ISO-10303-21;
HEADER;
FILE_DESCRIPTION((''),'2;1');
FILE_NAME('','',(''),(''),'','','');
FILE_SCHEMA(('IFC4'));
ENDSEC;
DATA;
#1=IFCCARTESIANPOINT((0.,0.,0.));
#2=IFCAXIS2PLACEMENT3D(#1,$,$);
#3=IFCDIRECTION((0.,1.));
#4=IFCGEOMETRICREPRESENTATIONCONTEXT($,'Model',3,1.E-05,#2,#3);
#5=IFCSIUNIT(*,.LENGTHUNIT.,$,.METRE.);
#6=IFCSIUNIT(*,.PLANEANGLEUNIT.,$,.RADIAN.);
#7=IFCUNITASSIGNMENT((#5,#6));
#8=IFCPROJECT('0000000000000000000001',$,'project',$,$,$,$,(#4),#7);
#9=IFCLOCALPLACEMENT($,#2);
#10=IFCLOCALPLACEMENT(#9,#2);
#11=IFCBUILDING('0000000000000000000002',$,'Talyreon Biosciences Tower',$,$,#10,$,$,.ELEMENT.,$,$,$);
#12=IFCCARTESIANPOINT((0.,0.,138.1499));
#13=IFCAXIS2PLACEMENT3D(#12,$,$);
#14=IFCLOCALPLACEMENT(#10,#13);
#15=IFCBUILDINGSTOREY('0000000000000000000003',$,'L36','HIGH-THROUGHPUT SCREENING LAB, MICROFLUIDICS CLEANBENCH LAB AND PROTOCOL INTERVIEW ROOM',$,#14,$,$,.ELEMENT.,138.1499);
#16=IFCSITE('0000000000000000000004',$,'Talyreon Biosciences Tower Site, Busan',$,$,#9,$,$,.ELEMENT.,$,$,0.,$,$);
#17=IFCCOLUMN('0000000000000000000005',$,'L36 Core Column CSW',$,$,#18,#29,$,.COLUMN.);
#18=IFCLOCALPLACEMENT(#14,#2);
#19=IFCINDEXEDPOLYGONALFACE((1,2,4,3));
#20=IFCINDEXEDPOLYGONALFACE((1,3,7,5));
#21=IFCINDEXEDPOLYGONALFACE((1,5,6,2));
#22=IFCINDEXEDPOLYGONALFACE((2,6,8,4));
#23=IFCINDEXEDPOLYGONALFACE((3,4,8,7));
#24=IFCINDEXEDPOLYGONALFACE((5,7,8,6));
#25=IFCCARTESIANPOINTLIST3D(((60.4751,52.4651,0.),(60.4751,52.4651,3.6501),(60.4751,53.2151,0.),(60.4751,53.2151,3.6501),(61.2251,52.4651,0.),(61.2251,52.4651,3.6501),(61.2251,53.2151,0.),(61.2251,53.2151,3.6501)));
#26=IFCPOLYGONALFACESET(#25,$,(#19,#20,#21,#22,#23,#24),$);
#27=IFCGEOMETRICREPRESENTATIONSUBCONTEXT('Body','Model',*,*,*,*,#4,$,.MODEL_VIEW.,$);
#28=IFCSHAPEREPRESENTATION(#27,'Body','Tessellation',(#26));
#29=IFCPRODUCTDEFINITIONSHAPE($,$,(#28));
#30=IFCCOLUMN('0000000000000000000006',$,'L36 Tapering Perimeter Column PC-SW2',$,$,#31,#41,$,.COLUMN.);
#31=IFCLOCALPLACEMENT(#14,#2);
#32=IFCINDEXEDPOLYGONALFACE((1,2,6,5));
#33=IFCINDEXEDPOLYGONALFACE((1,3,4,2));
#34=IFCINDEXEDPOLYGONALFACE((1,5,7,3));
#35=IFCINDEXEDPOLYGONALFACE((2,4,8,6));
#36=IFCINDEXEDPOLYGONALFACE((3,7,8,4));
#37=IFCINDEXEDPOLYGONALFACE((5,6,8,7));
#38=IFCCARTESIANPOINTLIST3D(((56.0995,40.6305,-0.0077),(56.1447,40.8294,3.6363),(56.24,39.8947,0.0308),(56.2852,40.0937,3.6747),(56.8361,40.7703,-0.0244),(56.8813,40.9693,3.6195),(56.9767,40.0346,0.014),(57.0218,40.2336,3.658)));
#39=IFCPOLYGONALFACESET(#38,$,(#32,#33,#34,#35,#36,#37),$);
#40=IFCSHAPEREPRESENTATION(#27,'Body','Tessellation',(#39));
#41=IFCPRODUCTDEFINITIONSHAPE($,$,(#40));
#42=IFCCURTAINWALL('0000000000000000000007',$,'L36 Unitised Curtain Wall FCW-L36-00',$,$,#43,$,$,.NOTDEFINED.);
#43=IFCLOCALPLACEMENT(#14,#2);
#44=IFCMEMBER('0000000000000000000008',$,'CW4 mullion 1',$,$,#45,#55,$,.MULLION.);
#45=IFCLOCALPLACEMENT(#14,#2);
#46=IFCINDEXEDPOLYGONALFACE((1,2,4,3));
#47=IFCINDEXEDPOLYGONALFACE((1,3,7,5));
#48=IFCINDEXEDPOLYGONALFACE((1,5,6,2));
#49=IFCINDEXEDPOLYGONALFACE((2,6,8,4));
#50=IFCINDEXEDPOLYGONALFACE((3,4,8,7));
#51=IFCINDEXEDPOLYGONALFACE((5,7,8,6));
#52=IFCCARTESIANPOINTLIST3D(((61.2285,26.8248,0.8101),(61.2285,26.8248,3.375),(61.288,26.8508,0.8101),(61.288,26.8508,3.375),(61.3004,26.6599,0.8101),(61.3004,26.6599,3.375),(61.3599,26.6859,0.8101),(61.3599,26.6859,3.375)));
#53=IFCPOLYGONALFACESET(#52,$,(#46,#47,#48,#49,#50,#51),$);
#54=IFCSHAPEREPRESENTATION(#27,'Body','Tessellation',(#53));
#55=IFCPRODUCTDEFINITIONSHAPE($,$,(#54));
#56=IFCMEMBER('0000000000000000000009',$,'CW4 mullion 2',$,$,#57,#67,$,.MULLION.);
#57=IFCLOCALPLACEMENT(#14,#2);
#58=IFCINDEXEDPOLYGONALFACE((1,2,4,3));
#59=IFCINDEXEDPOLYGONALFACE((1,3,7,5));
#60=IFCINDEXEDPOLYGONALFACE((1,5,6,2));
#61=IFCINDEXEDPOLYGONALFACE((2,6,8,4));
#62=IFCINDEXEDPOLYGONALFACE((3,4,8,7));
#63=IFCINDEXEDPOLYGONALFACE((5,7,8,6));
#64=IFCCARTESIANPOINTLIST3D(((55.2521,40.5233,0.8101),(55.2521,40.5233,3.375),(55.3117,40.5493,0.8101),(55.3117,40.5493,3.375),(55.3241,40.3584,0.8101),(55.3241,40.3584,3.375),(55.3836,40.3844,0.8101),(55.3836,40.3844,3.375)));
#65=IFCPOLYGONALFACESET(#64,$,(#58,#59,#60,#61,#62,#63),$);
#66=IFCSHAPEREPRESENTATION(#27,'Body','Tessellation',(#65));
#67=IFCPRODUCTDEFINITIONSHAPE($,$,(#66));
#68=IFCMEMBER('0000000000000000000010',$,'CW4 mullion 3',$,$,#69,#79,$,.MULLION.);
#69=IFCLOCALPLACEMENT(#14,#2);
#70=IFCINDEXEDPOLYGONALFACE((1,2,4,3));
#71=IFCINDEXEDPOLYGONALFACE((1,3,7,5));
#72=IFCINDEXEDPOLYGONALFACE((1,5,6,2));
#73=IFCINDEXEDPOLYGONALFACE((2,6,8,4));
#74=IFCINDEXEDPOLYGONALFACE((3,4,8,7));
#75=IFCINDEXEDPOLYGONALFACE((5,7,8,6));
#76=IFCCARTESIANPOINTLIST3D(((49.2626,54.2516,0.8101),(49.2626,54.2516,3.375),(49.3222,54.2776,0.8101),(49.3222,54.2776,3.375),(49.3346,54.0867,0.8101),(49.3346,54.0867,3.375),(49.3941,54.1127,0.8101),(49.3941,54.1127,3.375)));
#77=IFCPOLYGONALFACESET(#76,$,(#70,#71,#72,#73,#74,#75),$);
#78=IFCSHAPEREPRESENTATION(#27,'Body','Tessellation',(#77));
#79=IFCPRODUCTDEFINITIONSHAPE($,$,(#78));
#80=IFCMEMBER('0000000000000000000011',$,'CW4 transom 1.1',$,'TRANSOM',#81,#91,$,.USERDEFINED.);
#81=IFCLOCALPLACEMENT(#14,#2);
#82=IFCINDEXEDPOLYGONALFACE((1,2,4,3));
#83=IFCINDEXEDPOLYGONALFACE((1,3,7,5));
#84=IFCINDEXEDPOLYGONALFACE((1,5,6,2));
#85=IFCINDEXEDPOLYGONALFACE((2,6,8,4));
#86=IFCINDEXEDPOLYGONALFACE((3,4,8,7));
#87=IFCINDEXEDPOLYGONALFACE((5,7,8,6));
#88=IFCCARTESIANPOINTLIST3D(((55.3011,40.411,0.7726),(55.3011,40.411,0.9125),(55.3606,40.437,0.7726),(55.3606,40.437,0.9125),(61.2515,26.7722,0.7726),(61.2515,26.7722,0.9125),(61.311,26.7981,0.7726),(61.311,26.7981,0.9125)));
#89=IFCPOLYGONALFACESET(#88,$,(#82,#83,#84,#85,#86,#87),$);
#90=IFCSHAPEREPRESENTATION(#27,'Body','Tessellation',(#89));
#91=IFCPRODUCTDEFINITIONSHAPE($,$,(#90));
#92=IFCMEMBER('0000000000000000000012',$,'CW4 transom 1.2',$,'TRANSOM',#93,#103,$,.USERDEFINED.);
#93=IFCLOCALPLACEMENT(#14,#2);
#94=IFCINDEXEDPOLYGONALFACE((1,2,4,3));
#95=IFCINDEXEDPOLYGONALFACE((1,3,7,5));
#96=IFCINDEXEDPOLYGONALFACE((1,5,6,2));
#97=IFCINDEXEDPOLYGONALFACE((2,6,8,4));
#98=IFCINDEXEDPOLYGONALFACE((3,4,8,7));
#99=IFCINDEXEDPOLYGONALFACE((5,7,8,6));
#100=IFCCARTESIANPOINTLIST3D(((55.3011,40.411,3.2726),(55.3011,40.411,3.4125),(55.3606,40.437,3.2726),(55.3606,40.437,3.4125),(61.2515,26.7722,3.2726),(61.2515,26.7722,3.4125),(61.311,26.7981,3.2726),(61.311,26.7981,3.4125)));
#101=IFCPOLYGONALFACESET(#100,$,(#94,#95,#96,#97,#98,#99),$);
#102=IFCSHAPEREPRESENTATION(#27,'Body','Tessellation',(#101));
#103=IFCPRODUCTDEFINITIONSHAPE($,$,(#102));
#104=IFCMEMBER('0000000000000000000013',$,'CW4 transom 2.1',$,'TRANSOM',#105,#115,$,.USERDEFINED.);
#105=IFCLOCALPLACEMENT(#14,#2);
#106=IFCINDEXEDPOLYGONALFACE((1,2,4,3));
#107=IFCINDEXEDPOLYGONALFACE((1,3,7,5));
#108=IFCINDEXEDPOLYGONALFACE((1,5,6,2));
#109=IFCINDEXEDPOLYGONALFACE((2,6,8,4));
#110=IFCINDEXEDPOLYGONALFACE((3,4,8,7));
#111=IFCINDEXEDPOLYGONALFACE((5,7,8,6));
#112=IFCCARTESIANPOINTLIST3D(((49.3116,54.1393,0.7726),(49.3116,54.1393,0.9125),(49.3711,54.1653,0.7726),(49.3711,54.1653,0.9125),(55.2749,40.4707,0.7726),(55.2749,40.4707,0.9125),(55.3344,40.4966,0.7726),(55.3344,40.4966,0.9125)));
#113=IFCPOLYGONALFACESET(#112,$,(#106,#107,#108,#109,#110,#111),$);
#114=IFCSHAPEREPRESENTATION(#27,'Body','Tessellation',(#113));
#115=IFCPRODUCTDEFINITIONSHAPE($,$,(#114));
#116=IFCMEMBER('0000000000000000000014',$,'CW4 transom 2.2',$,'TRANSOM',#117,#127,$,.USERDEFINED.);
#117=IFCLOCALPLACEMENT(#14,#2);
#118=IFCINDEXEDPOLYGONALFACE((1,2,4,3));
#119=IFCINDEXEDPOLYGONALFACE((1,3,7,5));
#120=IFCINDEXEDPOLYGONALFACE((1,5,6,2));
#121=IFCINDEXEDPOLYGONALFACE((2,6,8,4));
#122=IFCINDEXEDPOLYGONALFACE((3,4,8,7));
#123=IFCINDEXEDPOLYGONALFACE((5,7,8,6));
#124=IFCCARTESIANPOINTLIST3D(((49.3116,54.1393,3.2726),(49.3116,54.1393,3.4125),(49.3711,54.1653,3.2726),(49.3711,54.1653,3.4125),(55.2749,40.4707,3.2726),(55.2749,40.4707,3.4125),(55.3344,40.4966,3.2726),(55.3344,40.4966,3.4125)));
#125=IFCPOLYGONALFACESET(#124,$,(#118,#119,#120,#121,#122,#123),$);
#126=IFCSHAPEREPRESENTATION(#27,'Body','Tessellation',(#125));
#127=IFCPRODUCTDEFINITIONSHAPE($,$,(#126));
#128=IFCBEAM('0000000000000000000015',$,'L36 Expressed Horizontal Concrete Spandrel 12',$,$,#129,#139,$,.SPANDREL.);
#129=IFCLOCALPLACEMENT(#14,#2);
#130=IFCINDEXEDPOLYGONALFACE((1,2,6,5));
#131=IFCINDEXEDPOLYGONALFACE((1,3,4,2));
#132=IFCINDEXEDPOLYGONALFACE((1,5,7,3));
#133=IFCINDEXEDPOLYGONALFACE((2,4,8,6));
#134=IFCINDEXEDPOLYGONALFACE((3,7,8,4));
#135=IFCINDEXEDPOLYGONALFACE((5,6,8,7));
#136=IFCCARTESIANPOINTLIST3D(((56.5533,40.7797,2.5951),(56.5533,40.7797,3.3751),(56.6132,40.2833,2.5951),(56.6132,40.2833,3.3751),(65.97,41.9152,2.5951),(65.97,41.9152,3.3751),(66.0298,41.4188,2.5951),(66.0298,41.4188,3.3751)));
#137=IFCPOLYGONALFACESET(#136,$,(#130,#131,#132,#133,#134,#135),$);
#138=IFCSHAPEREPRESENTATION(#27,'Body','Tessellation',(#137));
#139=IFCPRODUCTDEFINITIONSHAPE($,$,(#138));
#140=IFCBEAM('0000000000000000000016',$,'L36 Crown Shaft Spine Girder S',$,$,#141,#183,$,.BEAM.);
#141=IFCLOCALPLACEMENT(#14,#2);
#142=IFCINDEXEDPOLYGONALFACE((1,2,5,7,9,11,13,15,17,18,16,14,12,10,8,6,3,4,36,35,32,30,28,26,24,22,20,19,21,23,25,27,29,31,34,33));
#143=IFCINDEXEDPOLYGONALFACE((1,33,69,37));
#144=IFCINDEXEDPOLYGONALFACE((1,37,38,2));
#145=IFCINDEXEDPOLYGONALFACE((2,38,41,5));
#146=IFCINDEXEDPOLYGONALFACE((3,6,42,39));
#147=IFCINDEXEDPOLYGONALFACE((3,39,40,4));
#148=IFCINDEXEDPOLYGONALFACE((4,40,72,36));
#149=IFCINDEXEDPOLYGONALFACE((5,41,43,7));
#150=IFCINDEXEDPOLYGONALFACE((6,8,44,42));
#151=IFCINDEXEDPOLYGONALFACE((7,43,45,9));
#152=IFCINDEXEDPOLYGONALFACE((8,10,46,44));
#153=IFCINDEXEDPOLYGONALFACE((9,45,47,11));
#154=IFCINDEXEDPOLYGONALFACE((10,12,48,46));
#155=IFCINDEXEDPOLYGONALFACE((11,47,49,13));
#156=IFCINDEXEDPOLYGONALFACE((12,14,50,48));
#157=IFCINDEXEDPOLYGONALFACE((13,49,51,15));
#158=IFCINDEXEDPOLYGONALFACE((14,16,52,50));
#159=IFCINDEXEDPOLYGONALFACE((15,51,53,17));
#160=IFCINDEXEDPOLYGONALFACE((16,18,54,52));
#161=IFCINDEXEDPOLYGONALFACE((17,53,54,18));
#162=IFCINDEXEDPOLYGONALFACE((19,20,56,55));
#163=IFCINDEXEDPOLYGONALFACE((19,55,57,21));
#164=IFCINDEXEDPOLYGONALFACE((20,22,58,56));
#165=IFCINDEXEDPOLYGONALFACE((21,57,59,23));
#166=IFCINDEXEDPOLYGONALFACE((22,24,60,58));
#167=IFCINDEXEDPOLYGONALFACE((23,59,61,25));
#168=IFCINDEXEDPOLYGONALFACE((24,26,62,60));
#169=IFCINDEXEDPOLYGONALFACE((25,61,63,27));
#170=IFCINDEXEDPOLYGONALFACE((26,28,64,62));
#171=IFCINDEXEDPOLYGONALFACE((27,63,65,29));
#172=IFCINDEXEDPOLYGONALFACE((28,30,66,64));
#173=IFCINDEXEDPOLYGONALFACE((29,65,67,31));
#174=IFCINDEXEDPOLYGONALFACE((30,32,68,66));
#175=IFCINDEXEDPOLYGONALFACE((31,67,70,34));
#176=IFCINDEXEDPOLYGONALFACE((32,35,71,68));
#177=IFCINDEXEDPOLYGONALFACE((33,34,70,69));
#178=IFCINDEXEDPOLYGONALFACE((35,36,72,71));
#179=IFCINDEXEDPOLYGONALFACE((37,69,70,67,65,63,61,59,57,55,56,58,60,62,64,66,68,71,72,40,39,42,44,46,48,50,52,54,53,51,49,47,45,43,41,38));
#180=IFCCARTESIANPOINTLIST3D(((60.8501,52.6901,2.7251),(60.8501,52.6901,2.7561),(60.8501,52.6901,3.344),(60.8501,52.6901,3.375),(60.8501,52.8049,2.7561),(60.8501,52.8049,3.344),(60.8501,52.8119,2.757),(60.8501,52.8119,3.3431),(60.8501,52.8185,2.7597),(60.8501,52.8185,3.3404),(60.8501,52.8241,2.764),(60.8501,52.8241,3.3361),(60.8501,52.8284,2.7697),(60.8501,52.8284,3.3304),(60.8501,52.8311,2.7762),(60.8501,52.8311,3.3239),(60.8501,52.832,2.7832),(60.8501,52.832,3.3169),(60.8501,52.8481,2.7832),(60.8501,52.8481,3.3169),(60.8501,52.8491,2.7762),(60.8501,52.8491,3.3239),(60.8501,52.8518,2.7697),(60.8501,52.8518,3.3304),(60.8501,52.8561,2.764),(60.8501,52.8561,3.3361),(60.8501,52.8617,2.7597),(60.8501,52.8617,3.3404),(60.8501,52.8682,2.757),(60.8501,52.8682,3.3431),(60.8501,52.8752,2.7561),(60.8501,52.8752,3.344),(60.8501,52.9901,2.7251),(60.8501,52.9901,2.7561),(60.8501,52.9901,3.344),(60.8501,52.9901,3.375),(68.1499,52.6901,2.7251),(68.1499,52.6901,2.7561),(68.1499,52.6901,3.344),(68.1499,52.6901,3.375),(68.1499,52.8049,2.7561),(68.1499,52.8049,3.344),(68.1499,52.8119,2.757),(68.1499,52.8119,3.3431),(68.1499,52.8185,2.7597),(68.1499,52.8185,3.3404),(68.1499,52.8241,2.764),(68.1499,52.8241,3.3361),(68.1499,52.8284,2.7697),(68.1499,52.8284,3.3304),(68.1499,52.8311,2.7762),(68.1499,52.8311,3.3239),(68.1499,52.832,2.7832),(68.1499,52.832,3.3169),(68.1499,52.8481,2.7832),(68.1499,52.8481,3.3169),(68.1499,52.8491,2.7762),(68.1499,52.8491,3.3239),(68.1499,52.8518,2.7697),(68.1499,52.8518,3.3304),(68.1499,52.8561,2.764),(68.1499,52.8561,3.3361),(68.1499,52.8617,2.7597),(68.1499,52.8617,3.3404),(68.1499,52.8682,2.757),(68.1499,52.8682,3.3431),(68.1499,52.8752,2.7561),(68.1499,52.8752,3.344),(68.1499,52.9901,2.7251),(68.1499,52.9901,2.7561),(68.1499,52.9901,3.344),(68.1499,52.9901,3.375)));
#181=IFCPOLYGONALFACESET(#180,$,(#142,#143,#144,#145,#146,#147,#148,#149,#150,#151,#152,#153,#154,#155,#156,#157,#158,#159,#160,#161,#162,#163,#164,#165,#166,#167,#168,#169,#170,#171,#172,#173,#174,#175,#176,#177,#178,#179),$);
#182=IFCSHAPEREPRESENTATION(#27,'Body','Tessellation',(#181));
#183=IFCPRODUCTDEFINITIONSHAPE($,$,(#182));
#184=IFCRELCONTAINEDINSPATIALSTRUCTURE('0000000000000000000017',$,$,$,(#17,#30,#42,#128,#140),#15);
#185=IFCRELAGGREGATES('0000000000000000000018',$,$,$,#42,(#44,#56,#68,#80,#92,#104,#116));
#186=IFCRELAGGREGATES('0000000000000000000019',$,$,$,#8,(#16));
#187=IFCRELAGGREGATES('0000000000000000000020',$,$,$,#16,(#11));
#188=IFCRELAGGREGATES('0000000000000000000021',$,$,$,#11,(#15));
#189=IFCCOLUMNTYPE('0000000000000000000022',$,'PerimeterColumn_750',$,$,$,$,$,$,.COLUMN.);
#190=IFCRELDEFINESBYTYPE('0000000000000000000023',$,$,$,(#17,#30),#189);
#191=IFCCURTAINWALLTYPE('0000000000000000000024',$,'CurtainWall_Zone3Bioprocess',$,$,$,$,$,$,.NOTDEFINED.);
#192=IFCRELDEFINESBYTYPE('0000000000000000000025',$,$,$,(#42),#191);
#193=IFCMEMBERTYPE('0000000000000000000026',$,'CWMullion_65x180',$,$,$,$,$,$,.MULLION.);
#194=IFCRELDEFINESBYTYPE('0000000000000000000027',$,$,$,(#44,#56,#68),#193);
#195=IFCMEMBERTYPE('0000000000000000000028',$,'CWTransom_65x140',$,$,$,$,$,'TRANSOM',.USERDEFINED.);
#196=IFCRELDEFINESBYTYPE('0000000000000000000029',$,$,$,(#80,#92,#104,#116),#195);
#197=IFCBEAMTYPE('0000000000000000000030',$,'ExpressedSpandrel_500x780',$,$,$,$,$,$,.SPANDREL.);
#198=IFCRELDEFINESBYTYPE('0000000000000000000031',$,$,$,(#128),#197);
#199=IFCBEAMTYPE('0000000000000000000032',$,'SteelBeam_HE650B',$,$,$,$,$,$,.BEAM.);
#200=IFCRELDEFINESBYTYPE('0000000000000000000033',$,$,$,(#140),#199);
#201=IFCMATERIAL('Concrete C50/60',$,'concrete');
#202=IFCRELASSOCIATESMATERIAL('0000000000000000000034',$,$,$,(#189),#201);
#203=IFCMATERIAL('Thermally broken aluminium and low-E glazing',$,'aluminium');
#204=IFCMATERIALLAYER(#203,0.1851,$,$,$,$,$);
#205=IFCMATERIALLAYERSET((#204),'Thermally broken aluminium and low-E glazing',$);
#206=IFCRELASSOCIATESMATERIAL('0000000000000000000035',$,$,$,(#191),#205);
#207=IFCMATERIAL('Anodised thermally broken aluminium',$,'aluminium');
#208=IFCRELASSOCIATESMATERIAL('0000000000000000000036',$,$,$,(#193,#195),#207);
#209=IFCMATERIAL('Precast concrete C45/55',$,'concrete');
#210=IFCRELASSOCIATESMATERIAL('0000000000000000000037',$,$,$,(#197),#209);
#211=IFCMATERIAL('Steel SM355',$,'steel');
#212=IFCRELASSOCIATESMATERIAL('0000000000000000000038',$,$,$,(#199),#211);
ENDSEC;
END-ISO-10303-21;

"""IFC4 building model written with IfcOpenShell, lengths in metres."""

from ifc_helpers import new_model, si_unit, direction, frame, origin, origin_2d, place, context, subcontext, project, spatial, rectangle, i_section, extrude, material, layer, layer_set, material_profile, profile_set, type_object, element, aggregate, save


model = new_model("IFC4")

# Units and contexts
model_context = context("Model", 3, precision=1e-05, world=origin(), true_north=direction((0.0, 1.0)))
body_context = subcontext(model_context, "Body", "Model", "MODEL_VIEW")
ifc_project = project(units=[si_unit("LENGTHUNIT", "METRE"), si_unit("PLANEANGLEUNIT", "RADIAN")], contexts=[model_context])

# Site, building, storey
site_placement = place(None, origin())
site = spatial("IfcSite", under=ifc_project, at=site_placement, Name="Talyreon Biosciences Tower Site, Busan", CompositionType="ELEMENT", RefElevation=0.0)
building_placement = place(site_placement, origin())
building = spatial("IfcBuilding", under=site, at=building_placement, Name="Talyreon Biosciences Tower", CompositionType="ELEMENT")
storey_placement = place(building_placement, frame((0.0, 0.0, 138.1499)))
storey = spatial("IfcBuildingStorey", under=building, at=storey_placement, Name="L36", Description="HIGH-THROUGHPUT SCREENING LAB, MICROFLUIDICS CLEANBENCH LAB AND PROTOCOL INTERVIEW ROOM", CompositionType="ELEMENT", Elevation=138.1499)

# Columns
ifc_material_1 = material(Name="Concrete C50/60", Category="concrete")
ifc_material_profile_1 = material_profile(ifc_material_1, rectangle(XDim=0.75, YDim=0.75, at=origin_2d()), Name="RC 750x750")
ifc_profile_set_1 = profile_set([ifc_material_profile_1], Name="Concrete C50/60")
column_type = type_object("IfcColumnType", Name="PerimeterColumn_750", PredefinedType="COLUMN", material=ifc_profile_set_1)
column_1_placement = place(storey_placement, frame((60.8501, 52.8401, 0.0), z_axis=(0.0, 0.0, 1.0), x_axis=(1.0, 0.0, 0.0)))
element("IfcColumn", 1, at=column_1_placement, inside=storey, type_object=column_type, Name="L36 Core Column CSW", PredefinedType="COLUMN", context=body_context, shape_type="SweptSolid", body=[
    extrude(rectangle(XDim=0.75, YDim=0.75, at=origin_2d()), origin(), (0.0, 0.0, 1.0), 3.6501),
])
column_2_placement = place(storey_placement, frame((56.5381, 40.3325, 0.0032), z_axis=(0.012375, 0.054517, 0.998436), x_axis=(-0.187389, 0.980948, -0.05124)))
element("IfcColumn", 2, at=column_2_placement, inside=storey, type_object=column_type, Name="L36 Tapering Perimeter Column PC-SW2", PredefinedType="COLUMN", context=body_context, shape_type="SweptSolid", body=[
    extrude(rectangle(XDim=0.75, YDim=0.75, at=origin_2d()), origin(), (0.0, 0.0, 1.0), 3.6497),
])

# Curtain wall, members
ifc_material_2 = material(Name="Thermally broken aluminium and low-E glazing", Category="aluminium")
ifc_layer_1 = layer(ifc_material_2, 0.1851)
ifc_layer_set_1 = layer_set([ifc_layer_1], Name="Thermally broken aluminium and low-E glazing")
curtain_wall_type = type_object("IfcCurtainWallType", Name="CurtainWall_Zone3Bioprocess", PredefinedType="NOTDEFINED", material=ifc_layer_set_1)
curtain_wall_placement = place(storey_placement, origin())
curtain_wall = element("IfcCurtainWall", 3, at=curtain_wall_placement, inside=storey, type_object=curtain_wall_type, Name="L36 Unitised Curtain Wall FCW-L36-00", PredefinedType="NOTDEFINED")
ifc_material_3 = material(Name="Anodised thermally broken aluminium", Category="aluminium")
ifc_material_profile_2 = material_profile(ifc_material_3, rectangle(XDim=0.0649, YDim=0.1799, at=origin_2d()), Name="ALUM MULLION 65x180")
ifc_profile_set_2 = profile_set([ifc_material_profile_2], Name="Anodised thermally broken aluminium")
member_type_1 = type_object("IfcMemberType", Name="CWMullion_65x180", PredefinedType="MULLION", material=ifc_profile_set_2)
member_1_placement = place(storey_placement, frame((61.2942, 26.7554, 0.8101), z_axis=(0.0, 0.0, 1.0), x_axis=(-0.916566, -0.399882, 0.0)))
member_1 = element("IfcMember", 4, at=member_1_placement, type_object=member_type_1, Name="CW4 mullion 1", PredefinedType="MULLION", context=body_context, shape_type="SweptSolid", body=[
    extrude(rectangle(XDim=0.0649, YDim=0.1799, at=origin_2d()), origin(), (0.0, 0.0, 1.0), 2.5649),
])
member_2_placement = place(storey_placement, frame((55.3179, 40.4539, 0.8101), z_axis=(0.0, 0.0, 1.0), x_axis=(-0.916566, -0.399882, 0.0)))
member_2 = element("IfcMember", 5, at=member_2_placement, type_object=member_type_1, Name="CW4 mullion 2", PredefinedType="MULLION", context=body_context, shape_type="SweptSolid", body=[
    extrude(rectangle(XDim=0.0649, YDim=0.1799, at=origin_2d()), origin(), (0.0, 0.0, 1.0), 2.5649),
])
member_3_placement = place(storey_placement, frame((49.3284, 54.1821, 0.8101), z_axis=(0.0, 0.0, 1.0), x_axis=(-0.916566, -0.399882, 0.0)))
member_3 = element("IfcMember", 6, at=member_3_placement, type_object=member_type_1, Name="CW4 mullion 3", PredefinedType="MULLION", context=body_context, shape_type="SweptSolid", body=[
    extrude(rectangle(XDim=0.0649, YDim=0.1799, at=origin_2d()), origin(), (0.0, 0.0, 1.0), 2.5649),
])
ifc_material_profile_3 = material_profile(ifc_material_3, rectangle(XDim=0.0649, YDim=0.1399, at=origin_2d()), Name="ALUM TRANSOM 65x140")
ifc_profile_set_3 = profile_set([ifc_material_profile_3], Name="Anodised thermally broken aluminium")
member_type_2 = type_object("IfcMemberType", Name="CWTransom_65x140", ElementType="TRANSOM", PredefinedType="USERDEFINED", material=ifc_profile_set_3)
member_4_placement = place(storey_placement, frame((61.2812, 26.7852, 0.8425), z_axis=(-0.399883, 0.916566, 0.0), x_axis=(-0.916566, -0.399883, 0.0)))
member_4 = element("IfcMember", 7, at=member_4_placement, type_object=member_type_2, Name="CW4 transom 1.1", ObjectType="TRANSOM", PredefinedType="USERDEFINED", context=body_context, shape_type="SweptSolid", body=[
    extrude(rectangle(XDim=0.0649, YDim=0.1399, at=origin_2d()), origin(), (0.0, 0.0, 1.0), 14.8804),
])
member_5_placement = place(storey_placement, frame((61.2812, 26.7852, 3.3425), z_axis=(-0.399883, 0.916566, 0.0), x_axis=(-0.916566, -0.399883, 0.0)))
member_5 = element("IfcMember", 8, at=member_5_placement, type_object=member_type_2, Name="CW4 transom 1.2", ObjectType="TRANSOM", PredefinedType="USERDEFINED", context=body_context, shape_type="SweptSolid", body=[
    extrude(rectangle(XDim=0.0649, YDim=0.1399, at=origin_2d()), origin(), (0.0, 0.0, 1.0), 14.8804),
])
member_6_placement = place(storey_placement, frame((55.3047, 40.4836, 0.8425), z_axis=(-0.39988, 0.916568, 0.0), x_axis=(-0.916568, -0.39988, 0.0)))
member_6 = element("IfcMember", 9, at=member_6_placement, type_object=member_type_2, Name="CW4 transom 2.1", ObjectType="TRANSOM", PredefinedType="USERDEFINED", context=body_context, shape_type="SweptSolid", body=[
    extrude(rectangle(XDim=0.0649, YDim=0.1399, at=origin_2d()), origin(), (0.0, 0.0, 1.0), 14.9128),
])
member_7_placement = place(storey_placement, frame((55.3047, 40.4836, 3.3425), z_axis=(-0.39988, 0.916568, 0.0), x_axis=(-0.916568, -0.39988, 0.0)))
member_7 = element("IfcMember", 10, at=member_7_placement, type_object=member_type_2, Name="CW4 transom 2.2", ObjectType="TRANSOM", PredefinedType="USERDEFINED", context=body_context, shape_type="SweptSolid", body=[
    extrude(rectangle(XDim=0.0649, YDim=0.1399, at=origin_2d()), origin(), (0.0, 0.0, 1.0), 14.9128),
])

# Beams
ifc_material_4 = material(Name="Precast concrete C45/55", Category="concrete")
ifc_material_profile_4 = material_profile(ifc_material_4, rectangle(XDim=0.5, YDim=0.78, at=origin_2d()), Name="RCB 500x780")
ifc_profile_set_4 = profile_set([ifc_material_profile_4], Name="Precast concrete C45/55")
beam_type_1 = type_object("IfcBeamType", Name="ExpressedSpandrel_500x780", PredefinedType="SPANDREL", material=ifc_profile_set_4)
beam_1_placement = place(storey_placement, frame((56.5833, 40.5315, 2.9851), z_axis=(0.992808, 0.119716, 0.0), x_axis=(-0.119716, 0.992808, 0.0)))
element("IfcBeam", 11, at=beam_1_placement, inside=storey, type_object=beam_type_1, Name="L36 Expressed Horizontal Concrete Spandrel 12", PredefinedType="SPANDREL", context=body_context, shape_type="SweptSolid", body=[
    extrude(rectangle(XDim=0.5, YDim=0.78, at=origin_2d()), origin(), (0.0, 0.0, 1.0), 9.4849),
])
ifc_material_5 = material(Name="Steel SM355", Category="steel")
ifc_material_profile_5 = material_profile(ifc_material_5, i_section(OverallWidth=0.3, OverallDepth=0.6499, WebThickness=0.0161, FlangeThickness=0.031, FilletRadius=0.0271, at=origin_2d()), Name="HE650B")
ifc_profile_set_5 = profile_set([ifc_material_profile_5], Name="Steel SM355")
beam_type_2 = type_object("IfcBeamType", Name="SteelBeam_HE650B", PredefinedType="BEAM", material=ifc_profile_set_5)
beam_2_placement = place(storey_placement, frame((60.8501, 52.8401, 3.05), z_axis=(1.0, 0.0, 0.0), x_axis=(0.0, 1.0, 0.0)))
element("IfcBeam", 12, at=beam_2_placement, inside=storey, type_object=beam_type_2, Name="L36 Crown Shaft Spine Girder S", PredefinedType="BEAM", context=body_context, shape_type="SweptSolid", body=[
    extrude(i_section(OverallWidth=0.3, OverallDepth=0.6499, WebThickness=0.0161, FlangeThickness=0.031, FilletRadius=0.0271, at=origin_2d()), origin(), (0.0, 0.0, 1.0), 7.2998),
])

aggregate(curtain_wall, [member_1, member_2, member_3, member_4, member_5, member_6, member_7])

save(model, "model.ifc")
